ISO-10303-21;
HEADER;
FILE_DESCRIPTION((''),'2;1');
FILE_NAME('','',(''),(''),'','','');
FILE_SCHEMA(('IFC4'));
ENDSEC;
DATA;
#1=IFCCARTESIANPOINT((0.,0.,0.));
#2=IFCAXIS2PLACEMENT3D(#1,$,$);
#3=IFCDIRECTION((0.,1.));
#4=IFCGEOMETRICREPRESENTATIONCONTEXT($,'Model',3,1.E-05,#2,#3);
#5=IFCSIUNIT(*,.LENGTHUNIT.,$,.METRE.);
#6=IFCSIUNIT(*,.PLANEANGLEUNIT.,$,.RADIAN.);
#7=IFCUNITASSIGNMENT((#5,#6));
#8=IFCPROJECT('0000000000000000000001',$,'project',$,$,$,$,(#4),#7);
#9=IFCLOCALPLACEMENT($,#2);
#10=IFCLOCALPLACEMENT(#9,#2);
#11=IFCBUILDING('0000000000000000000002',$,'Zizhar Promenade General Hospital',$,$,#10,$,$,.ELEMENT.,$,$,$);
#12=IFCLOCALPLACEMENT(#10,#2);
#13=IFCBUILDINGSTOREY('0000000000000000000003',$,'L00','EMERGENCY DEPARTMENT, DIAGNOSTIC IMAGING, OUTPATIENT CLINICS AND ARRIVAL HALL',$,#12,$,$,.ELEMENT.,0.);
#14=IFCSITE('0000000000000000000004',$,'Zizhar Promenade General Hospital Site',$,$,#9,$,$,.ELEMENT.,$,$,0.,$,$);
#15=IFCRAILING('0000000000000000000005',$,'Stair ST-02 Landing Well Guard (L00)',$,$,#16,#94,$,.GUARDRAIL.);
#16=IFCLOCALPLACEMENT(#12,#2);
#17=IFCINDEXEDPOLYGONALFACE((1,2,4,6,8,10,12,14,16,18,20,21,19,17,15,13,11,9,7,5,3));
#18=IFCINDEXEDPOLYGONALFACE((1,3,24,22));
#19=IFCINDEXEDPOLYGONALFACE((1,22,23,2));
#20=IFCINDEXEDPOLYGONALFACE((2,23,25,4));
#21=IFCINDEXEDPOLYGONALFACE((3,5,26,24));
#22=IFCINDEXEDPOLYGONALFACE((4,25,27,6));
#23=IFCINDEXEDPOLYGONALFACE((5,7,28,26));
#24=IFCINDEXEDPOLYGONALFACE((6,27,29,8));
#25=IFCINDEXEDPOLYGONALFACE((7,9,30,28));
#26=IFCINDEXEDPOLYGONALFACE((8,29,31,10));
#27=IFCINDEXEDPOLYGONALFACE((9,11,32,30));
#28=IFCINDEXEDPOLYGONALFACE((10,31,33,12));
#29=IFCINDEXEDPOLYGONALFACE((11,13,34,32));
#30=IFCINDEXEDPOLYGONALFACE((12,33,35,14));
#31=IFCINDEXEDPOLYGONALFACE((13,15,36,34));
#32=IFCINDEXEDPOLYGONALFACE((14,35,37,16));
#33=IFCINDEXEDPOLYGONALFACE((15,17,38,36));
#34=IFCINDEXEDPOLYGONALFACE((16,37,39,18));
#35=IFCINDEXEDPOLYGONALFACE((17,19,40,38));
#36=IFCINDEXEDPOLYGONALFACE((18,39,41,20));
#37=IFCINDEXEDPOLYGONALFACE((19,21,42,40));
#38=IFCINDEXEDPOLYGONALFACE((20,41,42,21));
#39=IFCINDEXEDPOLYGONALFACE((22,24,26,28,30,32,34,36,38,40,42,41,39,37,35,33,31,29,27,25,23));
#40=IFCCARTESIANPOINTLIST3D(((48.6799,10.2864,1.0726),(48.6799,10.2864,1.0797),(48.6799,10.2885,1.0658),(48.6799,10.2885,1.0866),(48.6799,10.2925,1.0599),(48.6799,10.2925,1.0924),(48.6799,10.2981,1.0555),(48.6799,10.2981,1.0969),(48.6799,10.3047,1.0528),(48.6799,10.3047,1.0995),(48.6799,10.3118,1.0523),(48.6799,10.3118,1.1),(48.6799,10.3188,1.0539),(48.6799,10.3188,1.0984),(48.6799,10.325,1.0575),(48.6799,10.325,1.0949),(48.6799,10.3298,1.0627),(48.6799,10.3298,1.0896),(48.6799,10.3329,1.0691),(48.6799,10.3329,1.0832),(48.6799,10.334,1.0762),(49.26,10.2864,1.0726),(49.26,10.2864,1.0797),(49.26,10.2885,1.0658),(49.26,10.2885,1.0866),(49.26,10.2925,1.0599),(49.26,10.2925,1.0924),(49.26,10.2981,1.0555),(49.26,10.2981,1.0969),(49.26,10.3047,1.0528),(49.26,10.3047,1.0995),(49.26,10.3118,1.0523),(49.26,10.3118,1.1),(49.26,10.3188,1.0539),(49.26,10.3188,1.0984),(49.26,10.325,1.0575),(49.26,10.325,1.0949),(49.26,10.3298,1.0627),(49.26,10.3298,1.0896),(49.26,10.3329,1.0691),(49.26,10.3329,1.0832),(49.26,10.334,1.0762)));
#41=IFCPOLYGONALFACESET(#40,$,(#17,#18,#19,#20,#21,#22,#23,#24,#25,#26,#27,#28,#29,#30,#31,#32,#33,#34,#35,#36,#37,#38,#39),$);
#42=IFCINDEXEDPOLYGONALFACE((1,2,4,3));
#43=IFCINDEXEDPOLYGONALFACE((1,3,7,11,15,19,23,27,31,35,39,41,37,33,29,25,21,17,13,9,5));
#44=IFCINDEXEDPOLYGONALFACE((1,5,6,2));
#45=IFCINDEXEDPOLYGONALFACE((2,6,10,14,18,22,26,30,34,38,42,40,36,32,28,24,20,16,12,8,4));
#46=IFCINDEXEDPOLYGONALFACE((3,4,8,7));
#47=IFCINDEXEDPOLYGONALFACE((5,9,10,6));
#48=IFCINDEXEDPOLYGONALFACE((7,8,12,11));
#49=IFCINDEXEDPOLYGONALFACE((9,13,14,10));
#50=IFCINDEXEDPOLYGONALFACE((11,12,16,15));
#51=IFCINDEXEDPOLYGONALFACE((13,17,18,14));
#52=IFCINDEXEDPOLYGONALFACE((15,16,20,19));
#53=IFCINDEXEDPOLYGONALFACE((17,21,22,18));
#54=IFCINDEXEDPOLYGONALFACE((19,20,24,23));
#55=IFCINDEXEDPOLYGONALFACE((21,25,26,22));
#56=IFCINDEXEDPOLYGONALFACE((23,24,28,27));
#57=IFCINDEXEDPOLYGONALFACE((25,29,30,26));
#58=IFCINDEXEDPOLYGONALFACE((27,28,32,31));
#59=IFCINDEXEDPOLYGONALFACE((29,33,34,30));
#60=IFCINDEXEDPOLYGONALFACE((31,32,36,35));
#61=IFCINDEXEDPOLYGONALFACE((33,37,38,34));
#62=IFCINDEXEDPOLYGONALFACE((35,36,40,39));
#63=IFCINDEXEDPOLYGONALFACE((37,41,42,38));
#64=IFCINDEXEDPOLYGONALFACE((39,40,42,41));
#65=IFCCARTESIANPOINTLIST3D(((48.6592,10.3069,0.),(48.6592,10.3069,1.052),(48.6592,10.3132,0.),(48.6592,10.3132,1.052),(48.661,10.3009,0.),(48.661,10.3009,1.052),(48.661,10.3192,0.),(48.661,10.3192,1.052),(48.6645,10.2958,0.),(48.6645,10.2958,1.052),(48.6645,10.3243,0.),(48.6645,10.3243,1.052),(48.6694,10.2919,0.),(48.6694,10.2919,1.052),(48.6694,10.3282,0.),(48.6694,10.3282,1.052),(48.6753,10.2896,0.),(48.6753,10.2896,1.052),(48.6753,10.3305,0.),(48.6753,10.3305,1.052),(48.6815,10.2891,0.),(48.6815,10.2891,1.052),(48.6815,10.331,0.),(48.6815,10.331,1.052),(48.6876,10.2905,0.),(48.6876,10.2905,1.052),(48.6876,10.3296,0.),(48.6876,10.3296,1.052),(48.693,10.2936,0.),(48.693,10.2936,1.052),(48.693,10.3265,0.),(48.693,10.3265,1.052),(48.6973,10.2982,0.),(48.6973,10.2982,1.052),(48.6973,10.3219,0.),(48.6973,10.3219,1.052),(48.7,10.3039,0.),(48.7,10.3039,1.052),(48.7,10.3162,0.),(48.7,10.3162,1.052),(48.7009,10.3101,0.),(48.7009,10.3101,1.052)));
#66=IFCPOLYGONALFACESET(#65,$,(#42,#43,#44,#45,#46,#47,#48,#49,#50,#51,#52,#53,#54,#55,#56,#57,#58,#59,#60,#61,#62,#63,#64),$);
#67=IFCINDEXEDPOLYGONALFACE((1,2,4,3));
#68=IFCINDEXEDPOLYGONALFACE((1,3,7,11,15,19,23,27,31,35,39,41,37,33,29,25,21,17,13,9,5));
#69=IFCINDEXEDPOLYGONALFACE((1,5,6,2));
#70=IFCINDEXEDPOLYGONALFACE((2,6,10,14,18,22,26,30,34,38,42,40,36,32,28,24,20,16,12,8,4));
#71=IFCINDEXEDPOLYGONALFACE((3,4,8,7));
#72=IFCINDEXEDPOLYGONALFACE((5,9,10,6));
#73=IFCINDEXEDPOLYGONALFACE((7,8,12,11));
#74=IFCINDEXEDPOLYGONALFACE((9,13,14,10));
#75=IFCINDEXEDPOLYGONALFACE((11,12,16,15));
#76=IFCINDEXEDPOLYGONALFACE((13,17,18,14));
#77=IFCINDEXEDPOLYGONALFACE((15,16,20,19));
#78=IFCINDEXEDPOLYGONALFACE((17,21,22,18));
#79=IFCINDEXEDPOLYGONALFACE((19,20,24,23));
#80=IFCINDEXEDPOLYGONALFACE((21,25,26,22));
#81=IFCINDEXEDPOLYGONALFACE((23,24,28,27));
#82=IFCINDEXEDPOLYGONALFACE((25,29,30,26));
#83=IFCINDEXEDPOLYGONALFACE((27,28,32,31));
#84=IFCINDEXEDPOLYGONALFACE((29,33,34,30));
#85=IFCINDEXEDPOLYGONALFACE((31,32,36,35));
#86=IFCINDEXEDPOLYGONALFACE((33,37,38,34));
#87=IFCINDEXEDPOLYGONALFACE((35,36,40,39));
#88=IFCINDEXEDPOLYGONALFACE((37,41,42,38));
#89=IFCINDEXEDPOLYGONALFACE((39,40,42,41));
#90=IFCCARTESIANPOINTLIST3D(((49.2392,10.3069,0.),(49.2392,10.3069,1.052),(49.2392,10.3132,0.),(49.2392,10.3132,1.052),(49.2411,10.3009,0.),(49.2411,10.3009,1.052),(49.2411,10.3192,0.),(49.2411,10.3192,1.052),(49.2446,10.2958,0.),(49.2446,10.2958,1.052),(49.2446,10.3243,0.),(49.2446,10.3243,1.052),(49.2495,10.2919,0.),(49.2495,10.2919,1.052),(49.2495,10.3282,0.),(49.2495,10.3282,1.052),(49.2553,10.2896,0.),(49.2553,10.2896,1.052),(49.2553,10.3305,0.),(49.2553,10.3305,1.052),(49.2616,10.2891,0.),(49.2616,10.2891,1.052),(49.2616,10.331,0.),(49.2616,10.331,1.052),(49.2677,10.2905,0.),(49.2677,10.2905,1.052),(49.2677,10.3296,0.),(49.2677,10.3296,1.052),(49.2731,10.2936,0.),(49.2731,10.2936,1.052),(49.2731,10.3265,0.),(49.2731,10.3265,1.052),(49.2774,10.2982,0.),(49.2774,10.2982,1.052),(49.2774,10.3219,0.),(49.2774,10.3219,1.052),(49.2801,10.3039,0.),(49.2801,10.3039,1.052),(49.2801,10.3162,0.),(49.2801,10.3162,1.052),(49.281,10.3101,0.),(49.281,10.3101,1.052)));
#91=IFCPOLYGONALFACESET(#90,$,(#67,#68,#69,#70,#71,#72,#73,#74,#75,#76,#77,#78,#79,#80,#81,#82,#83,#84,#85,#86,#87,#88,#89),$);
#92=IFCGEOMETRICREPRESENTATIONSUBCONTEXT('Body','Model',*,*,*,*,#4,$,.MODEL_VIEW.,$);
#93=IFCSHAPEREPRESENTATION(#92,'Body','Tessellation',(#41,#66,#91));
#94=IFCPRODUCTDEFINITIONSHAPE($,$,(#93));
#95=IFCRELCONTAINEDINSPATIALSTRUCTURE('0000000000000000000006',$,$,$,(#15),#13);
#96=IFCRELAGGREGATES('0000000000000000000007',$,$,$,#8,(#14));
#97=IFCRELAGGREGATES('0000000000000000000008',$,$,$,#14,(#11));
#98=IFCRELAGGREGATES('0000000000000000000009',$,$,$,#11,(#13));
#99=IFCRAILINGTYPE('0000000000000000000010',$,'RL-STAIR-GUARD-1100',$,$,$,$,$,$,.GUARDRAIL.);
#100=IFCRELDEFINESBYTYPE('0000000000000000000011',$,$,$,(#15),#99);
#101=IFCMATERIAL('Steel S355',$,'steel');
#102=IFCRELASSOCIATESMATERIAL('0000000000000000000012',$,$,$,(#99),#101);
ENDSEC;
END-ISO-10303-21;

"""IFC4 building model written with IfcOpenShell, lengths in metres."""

from ifc_helpers import new_model, si_unit, direction, frame, origin, origin_2d, place, context, subcontext, project, spatial, circle, hollow_circle, extrude, material, material_profile, profile_set, type_object, element, save


model = new_model("IFC4")

# Units and contexts
model_context = context("Model", 3, precision=1e-05, world=origin(), true_north=direction((0.0, 1.0)))
body_context = subcontext(model_context, "Body", "Model", "MODEL_VIEW")
ifc_project = project(units=[si_unit("LENGTHUNIT", "METRE"), si_unit("PLANEANGLEUNIT", "RADIAN")], contexts=[model_context])

# Site, building, storey
site_placement = place(None, origin())
site = spatial("IfcSite", under=ifc_project, at=site_placement, Name="Zizhar Promenade General Hospital Site", CompositionType="ELEMENT", RefElevation=0.0)
building_placement = place(site_placement, origin())
building = spatial("IfcBuilding", under=site, at=building_placement, Name="Zizhar Promenade General Hospital", CompositionType="ELEMENT")
storey_placement = place(building_placement, origin())
storey = spatial("IfcBuildingStorey", under=building, at=storey_placement, Name="L00", Description="EMERGENCY DEPARTMENT, DIAGNOSTIC IMAGING, OUTPATIENT CLINICS AND ARRIVAL HALL", CompositionType="ELEMENT", Elevation=0.0)

# Railing
ifc_material_1 = material(Name="Steel S355", Category="steel")
ifc_material_profile_1 = material_profile(ifc_material_1, hollow_circle(Radius=0.0698, WallThickness=0.0063, at=origin_2d()))
ifc_profile_set_1 = profile_set([ifc_material_profile_1], Name="Steel S355")
railing_type = type_object("IfcRailingType", Name="RL-STAIR-GUARD-1100", PredefinedType="GUARDRAIL", material=ifc_profile_set_1)
railing_placement = place(storey_placement, frame((48.6799, 10.3101, 0.0)))
element("IfcRailing", 1, at=railing_placement, inside=storey, type_object=railing_type, Name="Stair ST-02 Landing Well Guard (L00)", PredefinedType="GUARDRAIL", context=body_context, shape_type="SweptSolid", body=[
    extrude(circle(Radius=0.0239, at=origin_2d()), frame((0.0, 0.0, 1.0762), z_axis=(1.0, 0.0, 0.0), x_axis=(0.0, 1.0, 0.0)), (0.0, 0.0, 1.0), 0.5801),
    extrude(circle(Radius=0.021, at=origin_2d()), origin(), (0.0, 0.0, 1.0), 1.052),
    extrude(circle(Radius=0.021, at=origin_2d()), frame((0.5801, 0.0, 0.0)), (0.0, 0.0, 1.0), 1.052),
])

save(model, "model.ifc")
